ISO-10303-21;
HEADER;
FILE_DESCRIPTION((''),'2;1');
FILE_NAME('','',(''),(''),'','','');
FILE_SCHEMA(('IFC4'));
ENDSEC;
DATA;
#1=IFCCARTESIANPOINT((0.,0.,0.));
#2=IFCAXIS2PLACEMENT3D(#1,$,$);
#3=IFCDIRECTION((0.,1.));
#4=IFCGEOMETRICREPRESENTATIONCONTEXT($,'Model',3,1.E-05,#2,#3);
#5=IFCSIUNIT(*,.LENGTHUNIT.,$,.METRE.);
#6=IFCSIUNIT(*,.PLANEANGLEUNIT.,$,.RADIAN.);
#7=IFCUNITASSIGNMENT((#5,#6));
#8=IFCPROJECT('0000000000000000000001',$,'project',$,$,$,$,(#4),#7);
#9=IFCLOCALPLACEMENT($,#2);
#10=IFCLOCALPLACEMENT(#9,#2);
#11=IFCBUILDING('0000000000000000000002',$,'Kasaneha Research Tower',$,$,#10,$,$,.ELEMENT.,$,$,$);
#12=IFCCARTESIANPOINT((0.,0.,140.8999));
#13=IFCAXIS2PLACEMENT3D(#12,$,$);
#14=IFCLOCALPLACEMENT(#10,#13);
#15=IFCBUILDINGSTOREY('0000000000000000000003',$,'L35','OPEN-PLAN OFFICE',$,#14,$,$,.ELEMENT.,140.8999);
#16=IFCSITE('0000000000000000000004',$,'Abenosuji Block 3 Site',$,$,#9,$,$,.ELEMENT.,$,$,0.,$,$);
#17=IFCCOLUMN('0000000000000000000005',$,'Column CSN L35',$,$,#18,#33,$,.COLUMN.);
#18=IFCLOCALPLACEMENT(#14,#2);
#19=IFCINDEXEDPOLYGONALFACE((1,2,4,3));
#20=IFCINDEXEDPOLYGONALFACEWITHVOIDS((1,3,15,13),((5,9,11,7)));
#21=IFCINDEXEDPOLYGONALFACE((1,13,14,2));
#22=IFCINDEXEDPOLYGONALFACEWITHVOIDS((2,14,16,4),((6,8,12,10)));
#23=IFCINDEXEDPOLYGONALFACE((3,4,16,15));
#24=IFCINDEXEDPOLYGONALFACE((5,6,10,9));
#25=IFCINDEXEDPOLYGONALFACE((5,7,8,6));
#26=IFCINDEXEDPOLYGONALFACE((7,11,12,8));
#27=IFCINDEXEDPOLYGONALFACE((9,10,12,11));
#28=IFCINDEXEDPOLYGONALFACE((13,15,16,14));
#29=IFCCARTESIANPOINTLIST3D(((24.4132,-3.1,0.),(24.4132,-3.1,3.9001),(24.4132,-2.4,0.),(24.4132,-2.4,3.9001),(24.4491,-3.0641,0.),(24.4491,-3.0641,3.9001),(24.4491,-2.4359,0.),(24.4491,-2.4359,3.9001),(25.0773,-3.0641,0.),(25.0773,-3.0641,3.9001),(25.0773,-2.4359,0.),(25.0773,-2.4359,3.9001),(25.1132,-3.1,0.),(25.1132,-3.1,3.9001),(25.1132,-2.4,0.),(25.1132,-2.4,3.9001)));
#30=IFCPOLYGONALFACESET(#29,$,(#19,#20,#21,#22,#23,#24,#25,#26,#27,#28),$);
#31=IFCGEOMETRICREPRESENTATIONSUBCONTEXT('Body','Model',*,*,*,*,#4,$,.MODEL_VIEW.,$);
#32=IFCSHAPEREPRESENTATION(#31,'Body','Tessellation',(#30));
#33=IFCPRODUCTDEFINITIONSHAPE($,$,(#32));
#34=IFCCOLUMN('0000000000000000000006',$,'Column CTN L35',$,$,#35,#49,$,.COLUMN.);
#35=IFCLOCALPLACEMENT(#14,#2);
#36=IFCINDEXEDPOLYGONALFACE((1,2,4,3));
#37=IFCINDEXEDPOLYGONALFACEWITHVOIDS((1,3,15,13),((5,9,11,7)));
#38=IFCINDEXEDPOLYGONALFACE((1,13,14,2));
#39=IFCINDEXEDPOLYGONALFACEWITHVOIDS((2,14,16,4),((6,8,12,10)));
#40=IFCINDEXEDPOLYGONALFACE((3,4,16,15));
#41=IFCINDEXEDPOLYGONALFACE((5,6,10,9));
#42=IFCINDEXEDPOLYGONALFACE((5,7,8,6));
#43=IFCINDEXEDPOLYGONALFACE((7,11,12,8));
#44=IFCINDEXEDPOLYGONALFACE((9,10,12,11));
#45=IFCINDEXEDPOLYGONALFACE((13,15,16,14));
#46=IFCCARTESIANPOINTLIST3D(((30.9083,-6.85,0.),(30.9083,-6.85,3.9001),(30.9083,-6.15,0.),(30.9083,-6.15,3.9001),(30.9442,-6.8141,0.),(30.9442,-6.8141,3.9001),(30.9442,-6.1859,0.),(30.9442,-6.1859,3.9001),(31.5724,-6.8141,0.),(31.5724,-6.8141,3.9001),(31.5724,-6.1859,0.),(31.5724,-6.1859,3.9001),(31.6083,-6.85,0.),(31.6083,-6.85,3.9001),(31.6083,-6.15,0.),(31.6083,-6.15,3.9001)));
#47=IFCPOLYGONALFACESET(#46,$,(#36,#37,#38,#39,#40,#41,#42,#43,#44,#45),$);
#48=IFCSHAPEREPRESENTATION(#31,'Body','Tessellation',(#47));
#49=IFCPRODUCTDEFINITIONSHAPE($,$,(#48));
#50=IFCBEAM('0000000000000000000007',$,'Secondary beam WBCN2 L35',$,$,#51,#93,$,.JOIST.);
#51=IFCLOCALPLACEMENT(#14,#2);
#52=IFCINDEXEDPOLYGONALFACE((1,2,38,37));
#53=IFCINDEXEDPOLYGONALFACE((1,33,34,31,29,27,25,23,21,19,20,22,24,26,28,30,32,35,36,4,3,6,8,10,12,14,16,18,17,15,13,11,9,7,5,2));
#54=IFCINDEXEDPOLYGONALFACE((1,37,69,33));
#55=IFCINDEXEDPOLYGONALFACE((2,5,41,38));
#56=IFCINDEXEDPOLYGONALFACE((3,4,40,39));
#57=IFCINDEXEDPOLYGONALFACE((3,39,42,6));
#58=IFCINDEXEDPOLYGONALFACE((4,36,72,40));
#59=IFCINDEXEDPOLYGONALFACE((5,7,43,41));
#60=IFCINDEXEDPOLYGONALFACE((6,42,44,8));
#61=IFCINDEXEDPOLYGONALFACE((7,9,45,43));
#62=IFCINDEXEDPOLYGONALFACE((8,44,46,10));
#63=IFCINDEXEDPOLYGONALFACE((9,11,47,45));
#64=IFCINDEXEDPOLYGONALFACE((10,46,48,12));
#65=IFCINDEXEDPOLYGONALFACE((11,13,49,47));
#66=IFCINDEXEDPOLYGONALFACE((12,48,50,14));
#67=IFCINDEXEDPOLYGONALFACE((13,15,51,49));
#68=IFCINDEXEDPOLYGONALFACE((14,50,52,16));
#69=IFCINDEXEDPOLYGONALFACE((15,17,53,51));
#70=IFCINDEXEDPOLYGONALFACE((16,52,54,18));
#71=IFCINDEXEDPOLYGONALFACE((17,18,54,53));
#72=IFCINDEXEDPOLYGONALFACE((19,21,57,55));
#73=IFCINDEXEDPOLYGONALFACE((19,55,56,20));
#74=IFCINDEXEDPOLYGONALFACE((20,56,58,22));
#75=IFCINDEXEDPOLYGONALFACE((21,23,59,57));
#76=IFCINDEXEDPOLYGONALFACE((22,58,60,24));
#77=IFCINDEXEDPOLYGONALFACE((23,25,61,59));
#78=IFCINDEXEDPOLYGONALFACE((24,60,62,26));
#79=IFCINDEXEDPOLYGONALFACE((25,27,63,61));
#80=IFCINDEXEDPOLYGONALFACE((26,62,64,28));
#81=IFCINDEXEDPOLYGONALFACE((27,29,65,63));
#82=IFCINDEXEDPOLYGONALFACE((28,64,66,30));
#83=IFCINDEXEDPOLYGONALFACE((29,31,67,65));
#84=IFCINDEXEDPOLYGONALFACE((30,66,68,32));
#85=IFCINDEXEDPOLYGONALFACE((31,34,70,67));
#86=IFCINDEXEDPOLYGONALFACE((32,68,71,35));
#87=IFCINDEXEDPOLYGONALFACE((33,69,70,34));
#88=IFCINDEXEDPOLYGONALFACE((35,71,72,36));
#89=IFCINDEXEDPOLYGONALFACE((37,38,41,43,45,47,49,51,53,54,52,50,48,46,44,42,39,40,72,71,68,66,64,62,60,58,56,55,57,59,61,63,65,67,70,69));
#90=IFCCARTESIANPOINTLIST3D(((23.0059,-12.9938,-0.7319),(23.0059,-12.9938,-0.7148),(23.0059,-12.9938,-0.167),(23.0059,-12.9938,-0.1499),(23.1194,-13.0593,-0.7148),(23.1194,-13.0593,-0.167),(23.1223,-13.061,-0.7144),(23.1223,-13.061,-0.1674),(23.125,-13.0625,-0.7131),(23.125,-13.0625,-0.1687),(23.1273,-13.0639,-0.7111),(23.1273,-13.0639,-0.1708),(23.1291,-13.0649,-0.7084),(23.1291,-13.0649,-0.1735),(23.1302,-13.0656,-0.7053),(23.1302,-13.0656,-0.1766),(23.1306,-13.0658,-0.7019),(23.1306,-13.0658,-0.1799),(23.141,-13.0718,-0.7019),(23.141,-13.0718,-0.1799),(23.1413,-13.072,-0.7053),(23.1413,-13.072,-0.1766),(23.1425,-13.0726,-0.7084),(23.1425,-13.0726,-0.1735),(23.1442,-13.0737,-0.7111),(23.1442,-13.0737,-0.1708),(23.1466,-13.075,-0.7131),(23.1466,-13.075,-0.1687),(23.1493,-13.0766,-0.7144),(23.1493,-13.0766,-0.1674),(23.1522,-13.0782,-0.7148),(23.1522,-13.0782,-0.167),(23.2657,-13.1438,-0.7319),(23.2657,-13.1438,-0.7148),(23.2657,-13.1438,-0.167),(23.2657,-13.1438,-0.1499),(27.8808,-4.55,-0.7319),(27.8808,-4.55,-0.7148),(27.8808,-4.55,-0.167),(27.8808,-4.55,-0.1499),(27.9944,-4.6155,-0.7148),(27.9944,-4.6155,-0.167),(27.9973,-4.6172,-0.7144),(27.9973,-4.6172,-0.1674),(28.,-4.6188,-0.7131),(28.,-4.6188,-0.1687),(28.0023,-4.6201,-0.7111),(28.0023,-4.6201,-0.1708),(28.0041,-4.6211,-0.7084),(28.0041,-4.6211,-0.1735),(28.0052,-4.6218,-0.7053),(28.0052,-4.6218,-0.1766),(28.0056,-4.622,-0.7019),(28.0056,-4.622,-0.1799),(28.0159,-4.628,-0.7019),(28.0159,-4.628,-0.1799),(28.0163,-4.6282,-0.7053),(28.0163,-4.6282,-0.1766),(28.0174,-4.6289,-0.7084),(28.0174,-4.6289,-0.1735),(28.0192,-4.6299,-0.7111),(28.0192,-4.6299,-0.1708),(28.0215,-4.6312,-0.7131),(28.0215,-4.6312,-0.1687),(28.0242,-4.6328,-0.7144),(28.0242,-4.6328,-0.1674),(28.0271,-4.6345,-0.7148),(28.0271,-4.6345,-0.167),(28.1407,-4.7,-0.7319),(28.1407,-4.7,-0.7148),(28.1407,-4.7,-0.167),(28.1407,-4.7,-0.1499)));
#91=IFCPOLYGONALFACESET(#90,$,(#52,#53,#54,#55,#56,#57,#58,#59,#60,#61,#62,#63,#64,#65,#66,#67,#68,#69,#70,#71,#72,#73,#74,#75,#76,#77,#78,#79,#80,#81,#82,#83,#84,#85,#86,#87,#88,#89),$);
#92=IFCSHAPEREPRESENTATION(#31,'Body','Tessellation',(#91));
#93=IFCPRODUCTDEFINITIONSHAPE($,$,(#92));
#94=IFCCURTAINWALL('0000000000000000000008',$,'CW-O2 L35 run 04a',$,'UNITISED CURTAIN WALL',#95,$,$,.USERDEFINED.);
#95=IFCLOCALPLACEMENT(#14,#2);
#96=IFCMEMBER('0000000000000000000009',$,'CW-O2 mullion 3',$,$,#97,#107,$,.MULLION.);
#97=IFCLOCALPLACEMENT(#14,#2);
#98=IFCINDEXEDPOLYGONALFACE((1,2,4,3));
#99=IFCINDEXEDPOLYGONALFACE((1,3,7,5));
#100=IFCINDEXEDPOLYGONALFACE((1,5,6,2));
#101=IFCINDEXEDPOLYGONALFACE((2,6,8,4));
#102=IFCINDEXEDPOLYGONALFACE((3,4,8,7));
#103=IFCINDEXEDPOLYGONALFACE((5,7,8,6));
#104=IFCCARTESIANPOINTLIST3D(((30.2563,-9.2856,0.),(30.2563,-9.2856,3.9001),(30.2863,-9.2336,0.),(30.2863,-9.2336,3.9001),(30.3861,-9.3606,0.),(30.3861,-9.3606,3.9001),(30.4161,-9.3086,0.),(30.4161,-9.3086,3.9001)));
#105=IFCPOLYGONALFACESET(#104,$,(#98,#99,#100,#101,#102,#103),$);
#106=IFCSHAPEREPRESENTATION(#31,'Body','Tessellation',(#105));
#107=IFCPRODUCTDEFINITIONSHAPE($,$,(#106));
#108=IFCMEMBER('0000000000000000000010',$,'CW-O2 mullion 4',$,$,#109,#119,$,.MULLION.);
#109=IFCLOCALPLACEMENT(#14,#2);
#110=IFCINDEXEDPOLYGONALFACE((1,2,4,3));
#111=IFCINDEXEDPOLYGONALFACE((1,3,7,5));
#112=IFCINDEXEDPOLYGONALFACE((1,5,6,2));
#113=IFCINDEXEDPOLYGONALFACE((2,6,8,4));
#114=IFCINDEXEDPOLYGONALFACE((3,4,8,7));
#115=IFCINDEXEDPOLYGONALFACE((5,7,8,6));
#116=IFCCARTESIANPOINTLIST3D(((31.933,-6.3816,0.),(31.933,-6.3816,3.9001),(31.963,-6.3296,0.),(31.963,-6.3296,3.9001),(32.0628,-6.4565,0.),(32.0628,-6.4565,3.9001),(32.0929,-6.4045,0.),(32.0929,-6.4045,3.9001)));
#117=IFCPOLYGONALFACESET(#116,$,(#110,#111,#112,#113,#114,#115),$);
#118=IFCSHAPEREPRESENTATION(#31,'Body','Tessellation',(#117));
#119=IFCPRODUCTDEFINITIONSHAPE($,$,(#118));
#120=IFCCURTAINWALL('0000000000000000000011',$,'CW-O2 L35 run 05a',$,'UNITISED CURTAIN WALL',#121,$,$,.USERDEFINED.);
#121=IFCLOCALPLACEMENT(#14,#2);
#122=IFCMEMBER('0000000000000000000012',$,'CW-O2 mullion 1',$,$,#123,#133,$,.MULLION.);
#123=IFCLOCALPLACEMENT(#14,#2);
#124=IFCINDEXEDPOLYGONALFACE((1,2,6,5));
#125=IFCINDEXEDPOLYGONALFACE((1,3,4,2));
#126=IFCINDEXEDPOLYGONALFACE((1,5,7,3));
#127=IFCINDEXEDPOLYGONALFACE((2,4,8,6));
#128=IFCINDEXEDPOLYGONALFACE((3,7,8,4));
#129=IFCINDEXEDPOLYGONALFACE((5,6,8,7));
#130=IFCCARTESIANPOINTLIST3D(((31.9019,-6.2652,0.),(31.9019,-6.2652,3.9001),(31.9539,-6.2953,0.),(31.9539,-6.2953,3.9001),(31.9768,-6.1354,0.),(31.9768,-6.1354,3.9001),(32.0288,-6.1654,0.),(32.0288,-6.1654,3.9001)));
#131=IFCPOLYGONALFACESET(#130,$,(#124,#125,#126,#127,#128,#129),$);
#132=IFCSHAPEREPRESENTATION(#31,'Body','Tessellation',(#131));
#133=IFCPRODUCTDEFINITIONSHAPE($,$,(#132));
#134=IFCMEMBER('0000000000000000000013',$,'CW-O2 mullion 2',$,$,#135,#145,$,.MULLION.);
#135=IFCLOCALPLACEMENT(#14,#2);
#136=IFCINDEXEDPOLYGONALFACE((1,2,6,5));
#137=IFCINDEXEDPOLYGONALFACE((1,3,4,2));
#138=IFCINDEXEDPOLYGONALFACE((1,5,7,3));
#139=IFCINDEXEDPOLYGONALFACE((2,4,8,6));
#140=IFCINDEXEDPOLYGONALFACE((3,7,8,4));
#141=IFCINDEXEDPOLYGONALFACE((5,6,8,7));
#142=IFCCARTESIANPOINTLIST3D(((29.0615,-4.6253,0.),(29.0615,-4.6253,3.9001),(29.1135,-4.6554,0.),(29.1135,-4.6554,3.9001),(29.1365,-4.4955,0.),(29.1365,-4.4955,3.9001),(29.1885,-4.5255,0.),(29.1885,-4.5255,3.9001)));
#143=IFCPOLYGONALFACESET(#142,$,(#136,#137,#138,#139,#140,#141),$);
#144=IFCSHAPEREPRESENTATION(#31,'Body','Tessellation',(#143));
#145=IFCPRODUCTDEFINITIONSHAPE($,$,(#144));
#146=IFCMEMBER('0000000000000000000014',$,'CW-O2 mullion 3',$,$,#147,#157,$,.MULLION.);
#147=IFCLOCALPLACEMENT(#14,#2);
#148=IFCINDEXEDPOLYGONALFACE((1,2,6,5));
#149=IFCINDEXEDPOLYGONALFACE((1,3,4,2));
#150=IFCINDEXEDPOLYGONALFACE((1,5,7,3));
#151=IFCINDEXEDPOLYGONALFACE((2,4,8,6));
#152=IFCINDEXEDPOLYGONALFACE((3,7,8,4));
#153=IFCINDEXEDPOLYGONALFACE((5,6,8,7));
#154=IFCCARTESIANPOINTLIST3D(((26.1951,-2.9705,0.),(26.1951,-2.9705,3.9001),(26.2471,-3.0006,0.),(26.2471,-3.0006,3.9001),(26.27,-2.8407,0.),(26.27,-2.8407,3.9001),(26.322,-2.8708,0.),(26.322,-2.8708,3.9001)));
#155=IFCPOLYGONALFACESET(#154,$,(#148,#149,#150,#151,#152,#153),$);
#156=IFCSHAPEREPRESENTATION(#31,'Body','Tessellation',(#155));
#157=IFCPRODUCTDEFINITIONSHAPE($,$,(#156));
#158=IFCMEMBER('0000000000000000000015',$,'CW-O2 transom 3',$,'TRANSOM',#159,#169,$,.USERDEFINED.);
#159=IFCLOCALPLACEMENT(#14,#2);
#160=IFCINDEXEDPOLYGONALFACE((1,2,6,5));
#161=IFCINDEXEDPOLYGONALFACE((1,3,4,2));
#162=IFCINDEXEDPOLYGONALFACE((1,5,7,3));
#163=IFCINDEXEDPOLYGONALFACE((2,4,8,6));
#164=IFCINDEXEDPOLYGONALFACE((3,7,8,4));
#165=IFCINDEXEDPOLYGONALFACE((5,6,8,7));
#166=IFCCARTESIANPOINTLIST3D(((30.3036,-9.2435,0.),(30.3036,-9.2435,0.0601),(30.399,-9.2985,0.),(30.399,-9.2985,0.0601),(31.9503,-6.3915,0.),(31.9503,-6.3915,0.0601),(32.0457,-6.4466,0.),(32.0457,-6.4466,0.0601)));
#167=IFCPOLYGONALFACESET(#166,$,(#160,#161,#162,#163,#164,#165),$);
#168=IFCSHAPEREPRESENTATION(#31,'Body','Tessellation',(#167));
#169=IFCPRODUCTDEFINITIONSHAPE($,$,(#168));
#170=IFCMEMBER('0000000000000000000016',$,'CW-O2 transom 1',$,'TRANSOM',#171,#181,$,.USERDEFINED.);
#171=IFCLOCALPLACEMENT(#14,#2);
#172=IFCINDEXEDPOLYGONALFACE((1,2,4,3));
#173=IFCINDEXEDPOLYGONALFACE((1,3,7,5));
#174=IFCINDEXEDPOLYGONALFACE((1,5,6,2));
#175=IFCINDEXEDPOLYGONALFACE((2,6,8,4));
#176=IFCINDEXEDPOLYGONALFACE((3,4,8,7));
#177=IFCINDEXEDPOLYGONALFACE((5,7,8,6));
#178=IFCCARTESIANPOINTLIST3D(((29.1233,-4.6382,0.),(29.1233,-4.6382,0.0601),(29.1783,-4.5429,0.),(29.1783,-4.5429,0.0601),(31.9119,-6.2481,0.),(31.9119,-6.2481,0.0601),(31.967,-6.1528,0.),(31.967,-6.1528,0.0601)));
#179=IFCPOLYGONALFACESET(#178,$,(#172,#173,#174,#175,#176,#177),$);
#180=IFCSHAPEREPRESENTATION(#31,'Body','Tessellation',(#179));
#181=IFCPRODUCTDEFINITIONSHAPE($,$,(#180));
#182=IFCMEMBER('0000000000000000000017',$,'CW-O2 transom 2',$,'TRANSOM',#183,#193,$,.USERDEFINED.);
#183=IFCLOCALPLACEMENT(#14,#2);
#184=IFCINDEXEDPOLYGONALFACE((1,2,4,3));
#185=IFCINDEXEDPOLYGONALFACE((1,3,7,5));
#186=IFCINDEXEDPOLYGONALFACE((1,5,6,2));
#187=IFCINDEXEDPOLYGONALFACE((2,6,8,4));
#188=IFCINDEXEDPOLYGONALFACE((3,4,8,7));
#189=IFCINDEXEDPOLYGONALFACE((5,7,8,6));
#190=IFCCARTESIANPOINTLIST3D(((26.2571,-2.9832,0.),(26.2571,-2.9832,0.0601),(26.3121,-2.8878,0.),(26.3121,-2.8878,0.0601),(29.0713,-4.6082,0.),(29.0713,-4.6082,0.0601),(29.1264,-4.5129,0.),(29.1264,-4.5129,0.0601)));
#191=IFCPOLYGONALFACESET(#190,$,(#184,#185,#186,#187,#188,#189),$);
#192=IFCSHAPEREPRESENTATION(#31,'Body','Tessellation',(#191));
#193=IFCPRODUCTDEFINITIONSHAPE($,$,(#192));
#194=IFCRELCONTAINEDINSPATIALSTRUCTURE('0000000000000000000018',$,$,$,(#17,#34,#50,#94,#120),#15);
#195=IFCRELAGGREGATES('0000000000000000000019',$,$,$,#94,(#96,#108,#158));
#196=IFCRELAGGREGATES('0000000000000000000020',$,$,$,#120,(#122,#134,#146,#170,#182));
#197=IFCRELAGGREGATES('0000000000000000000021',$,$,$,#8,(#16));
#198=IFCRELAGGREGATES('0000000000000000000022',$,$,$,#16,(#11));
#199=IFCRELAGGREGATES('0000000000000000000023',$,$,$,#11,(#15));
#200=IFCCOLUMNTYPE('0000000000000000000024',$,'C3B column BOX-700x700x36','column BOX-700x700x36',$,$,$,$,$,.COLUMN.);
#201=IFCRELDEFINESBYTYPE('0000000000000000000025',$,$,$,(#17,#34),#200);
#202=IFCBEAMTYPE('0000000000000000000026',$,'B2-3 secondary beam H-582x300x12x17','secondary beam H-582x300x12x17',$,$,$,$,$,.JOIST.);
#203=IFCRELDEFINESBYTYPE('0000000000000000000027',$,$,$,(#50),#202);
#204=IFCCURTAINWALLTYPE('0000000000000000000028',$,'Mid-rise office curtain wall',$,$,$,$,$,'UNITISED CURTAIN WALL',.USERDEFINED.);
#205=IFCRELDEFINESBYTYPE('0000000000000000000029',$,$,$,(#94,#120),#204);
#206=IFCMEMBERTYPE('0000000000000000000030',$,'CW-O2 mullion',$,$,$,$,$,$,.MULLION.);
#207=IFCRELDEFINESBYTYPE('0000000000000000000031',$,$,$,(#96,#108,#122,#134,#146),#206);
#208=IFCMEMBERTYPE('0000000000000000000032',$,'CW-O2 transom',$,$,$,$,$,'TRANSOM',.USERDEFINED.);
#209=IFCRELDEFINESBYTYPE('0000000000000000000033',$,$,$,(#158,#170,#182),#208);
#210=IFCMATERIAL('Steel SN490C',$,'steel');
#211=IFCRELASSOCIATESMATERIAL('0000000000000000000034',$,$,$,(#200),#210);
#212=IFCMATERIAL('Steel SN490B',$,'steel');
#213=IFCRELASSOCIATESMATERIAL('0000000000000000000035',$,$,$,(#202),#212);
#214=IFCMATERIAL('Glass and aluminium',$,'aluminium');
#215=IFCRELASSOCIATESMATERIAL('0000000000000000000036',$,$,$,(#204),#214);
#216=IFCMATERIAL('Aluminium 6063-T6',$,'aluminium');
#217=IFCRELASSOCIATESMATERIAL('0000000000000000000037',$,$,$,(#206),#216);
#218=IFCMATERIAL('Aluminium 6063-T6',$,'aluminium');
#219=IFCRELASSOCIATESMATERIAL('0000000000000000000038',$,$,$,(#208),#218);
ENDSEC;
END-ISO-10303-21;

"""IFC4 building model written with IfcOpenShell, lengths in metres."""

from ifc_helpers import new_model, si_unit, direction, frame, origin, origin_2d, place, context, subcontext, project, spatial, rectangle, hollow_rectangle, i_section, extrude, material, material_profile, profile_set, type_object, element, aggregate, save


model = new_model("IFC4")

# Units and contexts
model_context = context("Model", 3, precision=1e-05, world=origin(), true_north=direction((0.0, 1.0)))
body_context = subcontext(model_context, "Body", "Model", "MODEL_VIEW")
ifc_project = project(units=[si_unit("LENGTHUNIT", "METRE"), si_unit("PLANEANGLEUNIT", "RADIAN")], contexts=[model_context])

# Site, building, storey
site_placement = place(None, origin())
site = spatial("IfcSite", under=ifc_project, at=site_placement, Name="Abenosuji Block 3 Site", CompositionType="ELEMENT", RefElevation=0.0)
building_placement = place(site_placement, origin())
building = spatial("IfcBuilding", under=site, at=building_placement, Name="Kasaneha Research Tower", CompositionType="ELEMENT")
storey_placement = place(building_placement, frame((0.0, 0.0, 140.8999)))
storey = spatial("IfcBuildingStorey", under=building, at=storey_placement, Name="L35", Description="OPEN-PLAN OFFICE", CompositionType="ELEMENT", Elevation=140.8999)

# Columns
ifc_material_1 = material(Name="Steel SN490C", Category="steel")
ifc_material_profile_1 = material_profile(ifc_material_1, hollow_rectangle(XDim=0.7, YDim=0.7, WallThickness=0.0359, at=origin_2d()), Name="BOX-700x700x36")
ifc_profile_set_1 = profile_set([ifc_material_profile_1], Name="Steel SN490C")
column_type = type_object("IfcColumnType", Name="C3B column BOX-700x700x36", Description="column BOX-700x700x36", PredefinedType="COLUMN", material=ifc_profile_set_1)
for number, where, z_axis, x_axis, name in (
    (1, (24.7632, -2.75, 0.0), (0.0, 0.0, 1.0), (1.0, 0.0, 0.0), "Column CSN L35"),
    (2, (31.2583, -6.5, 0.0), (0.0, 0.0, 1.0), (1.0, 0.0, 0.0), "Column CTN L35"),
):
    element("IfcColumn", number, at=place(storey_placement, frame(where, z_axis=z_axis, x_axis=x_axis)), inside=storey, type_object=column_type, Name=name, PredefinedType="COLUMN", context=body_context, shape_type="SweptSolid", body=[
        extrude(hollow_rectangle(XDim=0.7, YDim=0.7, WallThickness=0.0359, at=origin_2d()), origin(), (0.0, 0.0, 1.0), 3.9001),
    ])

# Beam
ifc_material_2 = material(Name="Steel SN490B", Category="steel")
ifc_material_profile_2 = material_profile(ifc_material_2, i_section(OverallWidth=0.3, OverallDepth=0.582, WebThickness=0.012, FlangeThickness=0.0171, FilletRadius=0.0129, at=origin_2d()), Name="H-582x300x12x17")
ifc_profile_set_2 = profile_set([ifc_material_profile_2], Name="Steel SN490B")
beam_type_1 = type_object("IfcBeamType", Name="B2-3 secondary beam H-582x300x12x17", Description="secondary beam H-582x300x12x17", PredefinedType="JOIST", material=ifc_profile_set_2)
beam_1_placement = place(storey_placement, frame((28.0107, -4.625, -0.4409), z_axis=(-0.499996, -0.866028, 0.0), x_axis=(0.866028, -0.499996, 0.0)))
element("IfcBeam", 3, at=beam_1_placement, inside=storey, type_object=beam_type_1, Name="Secondary beam WBCN2 L35", PredefinedType="JOIST", context=body_context, shape_type="SweptSolid", body=[
    extrude(i_section(OverallWidth=0.3, OverallDepth=0.582, WebThickness=0.012, FlangeThickness=0.0171, FilletRadius=0.0129, at=origin_2d()), origin(), (0.0, 0.0, 1.0), 9.75),
])

# Curtain walls, members
ifc_material_3 = material(Name="Glass and aluminium", Category="aluminium")
curtain_wall_type = type_object("IfcCurtainWallType", Name="Mid-rise office curtain wall", ElementType="UNITISED CURTAIN WALL", PredefinedType="USERDEFINED", material=ifc_material_3)
curtain_wall_1_placement = place(storey_placement, origin())
curtain_wall_1 = element("IfcCurtainWall", 4, at=curtain_wall_1_placement, inside=storey, type_object=curtain_wall_type, Name="CW-O2 L35 run 04a", ObjectType="UNITISED CURTAIN WALL", PredefinedType="USERDEFINED")
ifc_material_4 = material(Name="Aluminium 6063-T6", Category="aluminium")
ifc_material_profile_3 = material_profile(ifc_material_4, rectangle(XDim=0.0601, YDim=0.1499, at=origin_2d()), Name="CW-O2 mullion 60x150")
ifc_profile_set_3 = profile_set([ifc_material_profile_3], Name="Aluminium 6063-T6")
member_type_1 = type_object("IfcMemberType", Name="CW-O2 mullion", PredefinedType="MULLION", material=ifc_profile_set_3)
member_1_placement = place(storey_placement, frame((30.3362, -9.2971, 0.0), z_axis=(0.0, 0.0, 1.0), x_axis=(0.5, 0.866025, 0.0)))
member_1 = element("IfcMember", 5, at=member_1_placement, type_object=member_type_1, Name="CW-O2 mullion 3", PredefinedType="MULLION", context=body_context, shape_type="SweptSolid", body=[
    extrude(rectangle(XDim=0.0601, YDim=0.1499, at=origin_2d()), origin(), (0.0, 0.0, 1.0), 3.9001),
])
member_2_placement = place(storey_placement, frame((32.0129, -6.3931, 0.0), z_axis=(0.0, 0.0, 1.0), x_axis=(0.5, 0.866025, 0.0)))
member_2 = element("IfcMember", 6, at=member_2_placement, type_object=member_type_1, Name="CW-O2 mullion 4", PredefinedType="MULLION", context=body_context, shape_type="SweptSolid", body=[
    extrude(rectangle(XDim=0.0601, YDim=0.1499, at=origin_2d()), origin(), (0.0, 0.0, 1.0), 3.9001),
])
curtain_wall_2_placement = place(storey_placement, origin())
curtain_wall_2 = element("IfcCurtainWall", 7, at=curtain_wall_2_placement, inside=storey, type_object=curtain_wall_type, Name="CW-O2 L35 run 05a", ObjectType="UNITISED CURTAIN WALL", PredefinedType="USERDEFINED")
member_3_placement = place(storey_placement, frame((31.9653, -6.2153, 0.0), z_axis=(0.0, 0.0, 1.0), x_axis=(-0.866025, 0.5, 0.0)))
member_3 = element("IfcMember", 8, at=member_3_placement, type_object=member_type_1, Name="CW-O2 mullion 1", PredefinedType="MULLION", context=body_context, shape_type="SweptSolid", body=[
    extrude(rectangle(XDim=0.0601, YDim=0.1499, at=origin_2d()), origin(), (0.0, 0.0, 1.0), 3.9001),
])
member_4_placement = place(storey_placement, frame((29.125, -4.5754, 0.0), z_axis=(0.0, 0.0, 1.0), x_axis=(-0.866025, 0.5, 0.0)))
member_4 = element("IfcMember", 9, at=member_4_placement, type_object=member_type_1, Name="CW-O2 mullion 2", PredefinedType="MULLION", context=body_context, shape_type="SweptSolid", body=[
    extrude(rectangle(XDim=0.0601, YDim=0.1499, at=origin_2d()), origin(), (0.0, 0.0, 1.0), 3.9001),
])
member_5_placement = place(storey_placement, frame((26.2585, -2.9207, 0.0), z_axis=(0.0, 0.0, 1.0), x_axis=(-0.866025, 0.5, 0.0)))
member_5 = element("IfcMember", 10, at=member_5_placement, type_object=member_type_1, Name="CW-O2 mullion 3", PredefinedType="MULLION", context=body_context, shape_type="SweptSolid", body=[
    extrude(rectangle(XDim=0.0601, YDim=0.1499, at=origin_2d()), origin(), (0.0, 0.0, 1.0), 3.9001),
])

# Members
ifc_material_5 = material(Name="Aluminium 6063-T6", Category="aluminium")
ifc_material_profile_4 = material_profile(ifc_material_5, rectangle(XDim=0.1101, YDim=0.0601, at=origin_2d()), Name="CW-O2 transom 110x60")
ifc_profile_set_4 = profile_set([ifc_material_profile_4], Name="Aluminium 6063-T6")
member_type_2 = type_object("IfcMemberType", Name="CW-O2 transom", ElementType="TRANSOM", PredefinedType="USERDEFINED", material=ifc_profile_set_4)
member_6_placement = place(storey_placement, frame((30.3513, -9.271, 0.03), z_axis=(0.500022, 0.866013, 0.0), x_axis=(-0.866013, 0.500022, 0.0)))
member_6 = element("IfcMember", 11, at=member_6_placement, type_object=member_type_2, Name="CW-O2 transom 3", ObjectType="TRANSOM", PredefinedType="USERDEFINED", context=body_context, shape_type="SweptSolid", body=[
    extrude(rectangle(XDim=0.1101, YDim=0.0601, at=origin_2d()), origin(), (0.0, 0.0, 1.0), 3.2932),
])
member_7_placement = place(storey_placement, frame((31.9395, -6.2004, 0.03), z_axis=(-0.866042, 0.499972, 0.0), x_axis=(-0.499972, -0.866042, 0.0)))
member_7 = element("IfcMember", 12, at=member_7_placement, type_object=member_type_2, Name="CW-O2 transom 1", ObjectType="TRANSOM", PredefinedType="USERDEFINED", context=body_context, shape_type="SweptSolid", body=[
    extrude(rectangle(XDim=0.1101, YDim=0.0601, at=origin_2d()), origin(), (0.0, 0.0, 1.0), 3.22),
])
member_8_placement = place(storey_placement, frame((29.0989, -4.5605, 0.03), z_axis=(-0.865997, 0.50005, 0.0), x_axis=(-0.50005, -0.865997, 0.0)))
member_8 = element("IfcMember", 13, at=member_8_placement, type_object=member_type_2, Name="CW-O2 transom 2", ObjectType="TRANSOM", PredefinedType="USERDEFINED", context=body_context, shape_type="SweptSolid", body=[
    extrude(rectangle(XDim=0.1101, YDim=0.0601, at=origin_2d()), origin(), (0.0, 0.0, 1.0), 3.2498),
])

aggregate(curtain_wall_1, [member_1, member_2, member_6])
aggregate(curtain_wall_2, [member_3, member_4, member_5, member_7, member_8])

save(model, "model.ifc")
